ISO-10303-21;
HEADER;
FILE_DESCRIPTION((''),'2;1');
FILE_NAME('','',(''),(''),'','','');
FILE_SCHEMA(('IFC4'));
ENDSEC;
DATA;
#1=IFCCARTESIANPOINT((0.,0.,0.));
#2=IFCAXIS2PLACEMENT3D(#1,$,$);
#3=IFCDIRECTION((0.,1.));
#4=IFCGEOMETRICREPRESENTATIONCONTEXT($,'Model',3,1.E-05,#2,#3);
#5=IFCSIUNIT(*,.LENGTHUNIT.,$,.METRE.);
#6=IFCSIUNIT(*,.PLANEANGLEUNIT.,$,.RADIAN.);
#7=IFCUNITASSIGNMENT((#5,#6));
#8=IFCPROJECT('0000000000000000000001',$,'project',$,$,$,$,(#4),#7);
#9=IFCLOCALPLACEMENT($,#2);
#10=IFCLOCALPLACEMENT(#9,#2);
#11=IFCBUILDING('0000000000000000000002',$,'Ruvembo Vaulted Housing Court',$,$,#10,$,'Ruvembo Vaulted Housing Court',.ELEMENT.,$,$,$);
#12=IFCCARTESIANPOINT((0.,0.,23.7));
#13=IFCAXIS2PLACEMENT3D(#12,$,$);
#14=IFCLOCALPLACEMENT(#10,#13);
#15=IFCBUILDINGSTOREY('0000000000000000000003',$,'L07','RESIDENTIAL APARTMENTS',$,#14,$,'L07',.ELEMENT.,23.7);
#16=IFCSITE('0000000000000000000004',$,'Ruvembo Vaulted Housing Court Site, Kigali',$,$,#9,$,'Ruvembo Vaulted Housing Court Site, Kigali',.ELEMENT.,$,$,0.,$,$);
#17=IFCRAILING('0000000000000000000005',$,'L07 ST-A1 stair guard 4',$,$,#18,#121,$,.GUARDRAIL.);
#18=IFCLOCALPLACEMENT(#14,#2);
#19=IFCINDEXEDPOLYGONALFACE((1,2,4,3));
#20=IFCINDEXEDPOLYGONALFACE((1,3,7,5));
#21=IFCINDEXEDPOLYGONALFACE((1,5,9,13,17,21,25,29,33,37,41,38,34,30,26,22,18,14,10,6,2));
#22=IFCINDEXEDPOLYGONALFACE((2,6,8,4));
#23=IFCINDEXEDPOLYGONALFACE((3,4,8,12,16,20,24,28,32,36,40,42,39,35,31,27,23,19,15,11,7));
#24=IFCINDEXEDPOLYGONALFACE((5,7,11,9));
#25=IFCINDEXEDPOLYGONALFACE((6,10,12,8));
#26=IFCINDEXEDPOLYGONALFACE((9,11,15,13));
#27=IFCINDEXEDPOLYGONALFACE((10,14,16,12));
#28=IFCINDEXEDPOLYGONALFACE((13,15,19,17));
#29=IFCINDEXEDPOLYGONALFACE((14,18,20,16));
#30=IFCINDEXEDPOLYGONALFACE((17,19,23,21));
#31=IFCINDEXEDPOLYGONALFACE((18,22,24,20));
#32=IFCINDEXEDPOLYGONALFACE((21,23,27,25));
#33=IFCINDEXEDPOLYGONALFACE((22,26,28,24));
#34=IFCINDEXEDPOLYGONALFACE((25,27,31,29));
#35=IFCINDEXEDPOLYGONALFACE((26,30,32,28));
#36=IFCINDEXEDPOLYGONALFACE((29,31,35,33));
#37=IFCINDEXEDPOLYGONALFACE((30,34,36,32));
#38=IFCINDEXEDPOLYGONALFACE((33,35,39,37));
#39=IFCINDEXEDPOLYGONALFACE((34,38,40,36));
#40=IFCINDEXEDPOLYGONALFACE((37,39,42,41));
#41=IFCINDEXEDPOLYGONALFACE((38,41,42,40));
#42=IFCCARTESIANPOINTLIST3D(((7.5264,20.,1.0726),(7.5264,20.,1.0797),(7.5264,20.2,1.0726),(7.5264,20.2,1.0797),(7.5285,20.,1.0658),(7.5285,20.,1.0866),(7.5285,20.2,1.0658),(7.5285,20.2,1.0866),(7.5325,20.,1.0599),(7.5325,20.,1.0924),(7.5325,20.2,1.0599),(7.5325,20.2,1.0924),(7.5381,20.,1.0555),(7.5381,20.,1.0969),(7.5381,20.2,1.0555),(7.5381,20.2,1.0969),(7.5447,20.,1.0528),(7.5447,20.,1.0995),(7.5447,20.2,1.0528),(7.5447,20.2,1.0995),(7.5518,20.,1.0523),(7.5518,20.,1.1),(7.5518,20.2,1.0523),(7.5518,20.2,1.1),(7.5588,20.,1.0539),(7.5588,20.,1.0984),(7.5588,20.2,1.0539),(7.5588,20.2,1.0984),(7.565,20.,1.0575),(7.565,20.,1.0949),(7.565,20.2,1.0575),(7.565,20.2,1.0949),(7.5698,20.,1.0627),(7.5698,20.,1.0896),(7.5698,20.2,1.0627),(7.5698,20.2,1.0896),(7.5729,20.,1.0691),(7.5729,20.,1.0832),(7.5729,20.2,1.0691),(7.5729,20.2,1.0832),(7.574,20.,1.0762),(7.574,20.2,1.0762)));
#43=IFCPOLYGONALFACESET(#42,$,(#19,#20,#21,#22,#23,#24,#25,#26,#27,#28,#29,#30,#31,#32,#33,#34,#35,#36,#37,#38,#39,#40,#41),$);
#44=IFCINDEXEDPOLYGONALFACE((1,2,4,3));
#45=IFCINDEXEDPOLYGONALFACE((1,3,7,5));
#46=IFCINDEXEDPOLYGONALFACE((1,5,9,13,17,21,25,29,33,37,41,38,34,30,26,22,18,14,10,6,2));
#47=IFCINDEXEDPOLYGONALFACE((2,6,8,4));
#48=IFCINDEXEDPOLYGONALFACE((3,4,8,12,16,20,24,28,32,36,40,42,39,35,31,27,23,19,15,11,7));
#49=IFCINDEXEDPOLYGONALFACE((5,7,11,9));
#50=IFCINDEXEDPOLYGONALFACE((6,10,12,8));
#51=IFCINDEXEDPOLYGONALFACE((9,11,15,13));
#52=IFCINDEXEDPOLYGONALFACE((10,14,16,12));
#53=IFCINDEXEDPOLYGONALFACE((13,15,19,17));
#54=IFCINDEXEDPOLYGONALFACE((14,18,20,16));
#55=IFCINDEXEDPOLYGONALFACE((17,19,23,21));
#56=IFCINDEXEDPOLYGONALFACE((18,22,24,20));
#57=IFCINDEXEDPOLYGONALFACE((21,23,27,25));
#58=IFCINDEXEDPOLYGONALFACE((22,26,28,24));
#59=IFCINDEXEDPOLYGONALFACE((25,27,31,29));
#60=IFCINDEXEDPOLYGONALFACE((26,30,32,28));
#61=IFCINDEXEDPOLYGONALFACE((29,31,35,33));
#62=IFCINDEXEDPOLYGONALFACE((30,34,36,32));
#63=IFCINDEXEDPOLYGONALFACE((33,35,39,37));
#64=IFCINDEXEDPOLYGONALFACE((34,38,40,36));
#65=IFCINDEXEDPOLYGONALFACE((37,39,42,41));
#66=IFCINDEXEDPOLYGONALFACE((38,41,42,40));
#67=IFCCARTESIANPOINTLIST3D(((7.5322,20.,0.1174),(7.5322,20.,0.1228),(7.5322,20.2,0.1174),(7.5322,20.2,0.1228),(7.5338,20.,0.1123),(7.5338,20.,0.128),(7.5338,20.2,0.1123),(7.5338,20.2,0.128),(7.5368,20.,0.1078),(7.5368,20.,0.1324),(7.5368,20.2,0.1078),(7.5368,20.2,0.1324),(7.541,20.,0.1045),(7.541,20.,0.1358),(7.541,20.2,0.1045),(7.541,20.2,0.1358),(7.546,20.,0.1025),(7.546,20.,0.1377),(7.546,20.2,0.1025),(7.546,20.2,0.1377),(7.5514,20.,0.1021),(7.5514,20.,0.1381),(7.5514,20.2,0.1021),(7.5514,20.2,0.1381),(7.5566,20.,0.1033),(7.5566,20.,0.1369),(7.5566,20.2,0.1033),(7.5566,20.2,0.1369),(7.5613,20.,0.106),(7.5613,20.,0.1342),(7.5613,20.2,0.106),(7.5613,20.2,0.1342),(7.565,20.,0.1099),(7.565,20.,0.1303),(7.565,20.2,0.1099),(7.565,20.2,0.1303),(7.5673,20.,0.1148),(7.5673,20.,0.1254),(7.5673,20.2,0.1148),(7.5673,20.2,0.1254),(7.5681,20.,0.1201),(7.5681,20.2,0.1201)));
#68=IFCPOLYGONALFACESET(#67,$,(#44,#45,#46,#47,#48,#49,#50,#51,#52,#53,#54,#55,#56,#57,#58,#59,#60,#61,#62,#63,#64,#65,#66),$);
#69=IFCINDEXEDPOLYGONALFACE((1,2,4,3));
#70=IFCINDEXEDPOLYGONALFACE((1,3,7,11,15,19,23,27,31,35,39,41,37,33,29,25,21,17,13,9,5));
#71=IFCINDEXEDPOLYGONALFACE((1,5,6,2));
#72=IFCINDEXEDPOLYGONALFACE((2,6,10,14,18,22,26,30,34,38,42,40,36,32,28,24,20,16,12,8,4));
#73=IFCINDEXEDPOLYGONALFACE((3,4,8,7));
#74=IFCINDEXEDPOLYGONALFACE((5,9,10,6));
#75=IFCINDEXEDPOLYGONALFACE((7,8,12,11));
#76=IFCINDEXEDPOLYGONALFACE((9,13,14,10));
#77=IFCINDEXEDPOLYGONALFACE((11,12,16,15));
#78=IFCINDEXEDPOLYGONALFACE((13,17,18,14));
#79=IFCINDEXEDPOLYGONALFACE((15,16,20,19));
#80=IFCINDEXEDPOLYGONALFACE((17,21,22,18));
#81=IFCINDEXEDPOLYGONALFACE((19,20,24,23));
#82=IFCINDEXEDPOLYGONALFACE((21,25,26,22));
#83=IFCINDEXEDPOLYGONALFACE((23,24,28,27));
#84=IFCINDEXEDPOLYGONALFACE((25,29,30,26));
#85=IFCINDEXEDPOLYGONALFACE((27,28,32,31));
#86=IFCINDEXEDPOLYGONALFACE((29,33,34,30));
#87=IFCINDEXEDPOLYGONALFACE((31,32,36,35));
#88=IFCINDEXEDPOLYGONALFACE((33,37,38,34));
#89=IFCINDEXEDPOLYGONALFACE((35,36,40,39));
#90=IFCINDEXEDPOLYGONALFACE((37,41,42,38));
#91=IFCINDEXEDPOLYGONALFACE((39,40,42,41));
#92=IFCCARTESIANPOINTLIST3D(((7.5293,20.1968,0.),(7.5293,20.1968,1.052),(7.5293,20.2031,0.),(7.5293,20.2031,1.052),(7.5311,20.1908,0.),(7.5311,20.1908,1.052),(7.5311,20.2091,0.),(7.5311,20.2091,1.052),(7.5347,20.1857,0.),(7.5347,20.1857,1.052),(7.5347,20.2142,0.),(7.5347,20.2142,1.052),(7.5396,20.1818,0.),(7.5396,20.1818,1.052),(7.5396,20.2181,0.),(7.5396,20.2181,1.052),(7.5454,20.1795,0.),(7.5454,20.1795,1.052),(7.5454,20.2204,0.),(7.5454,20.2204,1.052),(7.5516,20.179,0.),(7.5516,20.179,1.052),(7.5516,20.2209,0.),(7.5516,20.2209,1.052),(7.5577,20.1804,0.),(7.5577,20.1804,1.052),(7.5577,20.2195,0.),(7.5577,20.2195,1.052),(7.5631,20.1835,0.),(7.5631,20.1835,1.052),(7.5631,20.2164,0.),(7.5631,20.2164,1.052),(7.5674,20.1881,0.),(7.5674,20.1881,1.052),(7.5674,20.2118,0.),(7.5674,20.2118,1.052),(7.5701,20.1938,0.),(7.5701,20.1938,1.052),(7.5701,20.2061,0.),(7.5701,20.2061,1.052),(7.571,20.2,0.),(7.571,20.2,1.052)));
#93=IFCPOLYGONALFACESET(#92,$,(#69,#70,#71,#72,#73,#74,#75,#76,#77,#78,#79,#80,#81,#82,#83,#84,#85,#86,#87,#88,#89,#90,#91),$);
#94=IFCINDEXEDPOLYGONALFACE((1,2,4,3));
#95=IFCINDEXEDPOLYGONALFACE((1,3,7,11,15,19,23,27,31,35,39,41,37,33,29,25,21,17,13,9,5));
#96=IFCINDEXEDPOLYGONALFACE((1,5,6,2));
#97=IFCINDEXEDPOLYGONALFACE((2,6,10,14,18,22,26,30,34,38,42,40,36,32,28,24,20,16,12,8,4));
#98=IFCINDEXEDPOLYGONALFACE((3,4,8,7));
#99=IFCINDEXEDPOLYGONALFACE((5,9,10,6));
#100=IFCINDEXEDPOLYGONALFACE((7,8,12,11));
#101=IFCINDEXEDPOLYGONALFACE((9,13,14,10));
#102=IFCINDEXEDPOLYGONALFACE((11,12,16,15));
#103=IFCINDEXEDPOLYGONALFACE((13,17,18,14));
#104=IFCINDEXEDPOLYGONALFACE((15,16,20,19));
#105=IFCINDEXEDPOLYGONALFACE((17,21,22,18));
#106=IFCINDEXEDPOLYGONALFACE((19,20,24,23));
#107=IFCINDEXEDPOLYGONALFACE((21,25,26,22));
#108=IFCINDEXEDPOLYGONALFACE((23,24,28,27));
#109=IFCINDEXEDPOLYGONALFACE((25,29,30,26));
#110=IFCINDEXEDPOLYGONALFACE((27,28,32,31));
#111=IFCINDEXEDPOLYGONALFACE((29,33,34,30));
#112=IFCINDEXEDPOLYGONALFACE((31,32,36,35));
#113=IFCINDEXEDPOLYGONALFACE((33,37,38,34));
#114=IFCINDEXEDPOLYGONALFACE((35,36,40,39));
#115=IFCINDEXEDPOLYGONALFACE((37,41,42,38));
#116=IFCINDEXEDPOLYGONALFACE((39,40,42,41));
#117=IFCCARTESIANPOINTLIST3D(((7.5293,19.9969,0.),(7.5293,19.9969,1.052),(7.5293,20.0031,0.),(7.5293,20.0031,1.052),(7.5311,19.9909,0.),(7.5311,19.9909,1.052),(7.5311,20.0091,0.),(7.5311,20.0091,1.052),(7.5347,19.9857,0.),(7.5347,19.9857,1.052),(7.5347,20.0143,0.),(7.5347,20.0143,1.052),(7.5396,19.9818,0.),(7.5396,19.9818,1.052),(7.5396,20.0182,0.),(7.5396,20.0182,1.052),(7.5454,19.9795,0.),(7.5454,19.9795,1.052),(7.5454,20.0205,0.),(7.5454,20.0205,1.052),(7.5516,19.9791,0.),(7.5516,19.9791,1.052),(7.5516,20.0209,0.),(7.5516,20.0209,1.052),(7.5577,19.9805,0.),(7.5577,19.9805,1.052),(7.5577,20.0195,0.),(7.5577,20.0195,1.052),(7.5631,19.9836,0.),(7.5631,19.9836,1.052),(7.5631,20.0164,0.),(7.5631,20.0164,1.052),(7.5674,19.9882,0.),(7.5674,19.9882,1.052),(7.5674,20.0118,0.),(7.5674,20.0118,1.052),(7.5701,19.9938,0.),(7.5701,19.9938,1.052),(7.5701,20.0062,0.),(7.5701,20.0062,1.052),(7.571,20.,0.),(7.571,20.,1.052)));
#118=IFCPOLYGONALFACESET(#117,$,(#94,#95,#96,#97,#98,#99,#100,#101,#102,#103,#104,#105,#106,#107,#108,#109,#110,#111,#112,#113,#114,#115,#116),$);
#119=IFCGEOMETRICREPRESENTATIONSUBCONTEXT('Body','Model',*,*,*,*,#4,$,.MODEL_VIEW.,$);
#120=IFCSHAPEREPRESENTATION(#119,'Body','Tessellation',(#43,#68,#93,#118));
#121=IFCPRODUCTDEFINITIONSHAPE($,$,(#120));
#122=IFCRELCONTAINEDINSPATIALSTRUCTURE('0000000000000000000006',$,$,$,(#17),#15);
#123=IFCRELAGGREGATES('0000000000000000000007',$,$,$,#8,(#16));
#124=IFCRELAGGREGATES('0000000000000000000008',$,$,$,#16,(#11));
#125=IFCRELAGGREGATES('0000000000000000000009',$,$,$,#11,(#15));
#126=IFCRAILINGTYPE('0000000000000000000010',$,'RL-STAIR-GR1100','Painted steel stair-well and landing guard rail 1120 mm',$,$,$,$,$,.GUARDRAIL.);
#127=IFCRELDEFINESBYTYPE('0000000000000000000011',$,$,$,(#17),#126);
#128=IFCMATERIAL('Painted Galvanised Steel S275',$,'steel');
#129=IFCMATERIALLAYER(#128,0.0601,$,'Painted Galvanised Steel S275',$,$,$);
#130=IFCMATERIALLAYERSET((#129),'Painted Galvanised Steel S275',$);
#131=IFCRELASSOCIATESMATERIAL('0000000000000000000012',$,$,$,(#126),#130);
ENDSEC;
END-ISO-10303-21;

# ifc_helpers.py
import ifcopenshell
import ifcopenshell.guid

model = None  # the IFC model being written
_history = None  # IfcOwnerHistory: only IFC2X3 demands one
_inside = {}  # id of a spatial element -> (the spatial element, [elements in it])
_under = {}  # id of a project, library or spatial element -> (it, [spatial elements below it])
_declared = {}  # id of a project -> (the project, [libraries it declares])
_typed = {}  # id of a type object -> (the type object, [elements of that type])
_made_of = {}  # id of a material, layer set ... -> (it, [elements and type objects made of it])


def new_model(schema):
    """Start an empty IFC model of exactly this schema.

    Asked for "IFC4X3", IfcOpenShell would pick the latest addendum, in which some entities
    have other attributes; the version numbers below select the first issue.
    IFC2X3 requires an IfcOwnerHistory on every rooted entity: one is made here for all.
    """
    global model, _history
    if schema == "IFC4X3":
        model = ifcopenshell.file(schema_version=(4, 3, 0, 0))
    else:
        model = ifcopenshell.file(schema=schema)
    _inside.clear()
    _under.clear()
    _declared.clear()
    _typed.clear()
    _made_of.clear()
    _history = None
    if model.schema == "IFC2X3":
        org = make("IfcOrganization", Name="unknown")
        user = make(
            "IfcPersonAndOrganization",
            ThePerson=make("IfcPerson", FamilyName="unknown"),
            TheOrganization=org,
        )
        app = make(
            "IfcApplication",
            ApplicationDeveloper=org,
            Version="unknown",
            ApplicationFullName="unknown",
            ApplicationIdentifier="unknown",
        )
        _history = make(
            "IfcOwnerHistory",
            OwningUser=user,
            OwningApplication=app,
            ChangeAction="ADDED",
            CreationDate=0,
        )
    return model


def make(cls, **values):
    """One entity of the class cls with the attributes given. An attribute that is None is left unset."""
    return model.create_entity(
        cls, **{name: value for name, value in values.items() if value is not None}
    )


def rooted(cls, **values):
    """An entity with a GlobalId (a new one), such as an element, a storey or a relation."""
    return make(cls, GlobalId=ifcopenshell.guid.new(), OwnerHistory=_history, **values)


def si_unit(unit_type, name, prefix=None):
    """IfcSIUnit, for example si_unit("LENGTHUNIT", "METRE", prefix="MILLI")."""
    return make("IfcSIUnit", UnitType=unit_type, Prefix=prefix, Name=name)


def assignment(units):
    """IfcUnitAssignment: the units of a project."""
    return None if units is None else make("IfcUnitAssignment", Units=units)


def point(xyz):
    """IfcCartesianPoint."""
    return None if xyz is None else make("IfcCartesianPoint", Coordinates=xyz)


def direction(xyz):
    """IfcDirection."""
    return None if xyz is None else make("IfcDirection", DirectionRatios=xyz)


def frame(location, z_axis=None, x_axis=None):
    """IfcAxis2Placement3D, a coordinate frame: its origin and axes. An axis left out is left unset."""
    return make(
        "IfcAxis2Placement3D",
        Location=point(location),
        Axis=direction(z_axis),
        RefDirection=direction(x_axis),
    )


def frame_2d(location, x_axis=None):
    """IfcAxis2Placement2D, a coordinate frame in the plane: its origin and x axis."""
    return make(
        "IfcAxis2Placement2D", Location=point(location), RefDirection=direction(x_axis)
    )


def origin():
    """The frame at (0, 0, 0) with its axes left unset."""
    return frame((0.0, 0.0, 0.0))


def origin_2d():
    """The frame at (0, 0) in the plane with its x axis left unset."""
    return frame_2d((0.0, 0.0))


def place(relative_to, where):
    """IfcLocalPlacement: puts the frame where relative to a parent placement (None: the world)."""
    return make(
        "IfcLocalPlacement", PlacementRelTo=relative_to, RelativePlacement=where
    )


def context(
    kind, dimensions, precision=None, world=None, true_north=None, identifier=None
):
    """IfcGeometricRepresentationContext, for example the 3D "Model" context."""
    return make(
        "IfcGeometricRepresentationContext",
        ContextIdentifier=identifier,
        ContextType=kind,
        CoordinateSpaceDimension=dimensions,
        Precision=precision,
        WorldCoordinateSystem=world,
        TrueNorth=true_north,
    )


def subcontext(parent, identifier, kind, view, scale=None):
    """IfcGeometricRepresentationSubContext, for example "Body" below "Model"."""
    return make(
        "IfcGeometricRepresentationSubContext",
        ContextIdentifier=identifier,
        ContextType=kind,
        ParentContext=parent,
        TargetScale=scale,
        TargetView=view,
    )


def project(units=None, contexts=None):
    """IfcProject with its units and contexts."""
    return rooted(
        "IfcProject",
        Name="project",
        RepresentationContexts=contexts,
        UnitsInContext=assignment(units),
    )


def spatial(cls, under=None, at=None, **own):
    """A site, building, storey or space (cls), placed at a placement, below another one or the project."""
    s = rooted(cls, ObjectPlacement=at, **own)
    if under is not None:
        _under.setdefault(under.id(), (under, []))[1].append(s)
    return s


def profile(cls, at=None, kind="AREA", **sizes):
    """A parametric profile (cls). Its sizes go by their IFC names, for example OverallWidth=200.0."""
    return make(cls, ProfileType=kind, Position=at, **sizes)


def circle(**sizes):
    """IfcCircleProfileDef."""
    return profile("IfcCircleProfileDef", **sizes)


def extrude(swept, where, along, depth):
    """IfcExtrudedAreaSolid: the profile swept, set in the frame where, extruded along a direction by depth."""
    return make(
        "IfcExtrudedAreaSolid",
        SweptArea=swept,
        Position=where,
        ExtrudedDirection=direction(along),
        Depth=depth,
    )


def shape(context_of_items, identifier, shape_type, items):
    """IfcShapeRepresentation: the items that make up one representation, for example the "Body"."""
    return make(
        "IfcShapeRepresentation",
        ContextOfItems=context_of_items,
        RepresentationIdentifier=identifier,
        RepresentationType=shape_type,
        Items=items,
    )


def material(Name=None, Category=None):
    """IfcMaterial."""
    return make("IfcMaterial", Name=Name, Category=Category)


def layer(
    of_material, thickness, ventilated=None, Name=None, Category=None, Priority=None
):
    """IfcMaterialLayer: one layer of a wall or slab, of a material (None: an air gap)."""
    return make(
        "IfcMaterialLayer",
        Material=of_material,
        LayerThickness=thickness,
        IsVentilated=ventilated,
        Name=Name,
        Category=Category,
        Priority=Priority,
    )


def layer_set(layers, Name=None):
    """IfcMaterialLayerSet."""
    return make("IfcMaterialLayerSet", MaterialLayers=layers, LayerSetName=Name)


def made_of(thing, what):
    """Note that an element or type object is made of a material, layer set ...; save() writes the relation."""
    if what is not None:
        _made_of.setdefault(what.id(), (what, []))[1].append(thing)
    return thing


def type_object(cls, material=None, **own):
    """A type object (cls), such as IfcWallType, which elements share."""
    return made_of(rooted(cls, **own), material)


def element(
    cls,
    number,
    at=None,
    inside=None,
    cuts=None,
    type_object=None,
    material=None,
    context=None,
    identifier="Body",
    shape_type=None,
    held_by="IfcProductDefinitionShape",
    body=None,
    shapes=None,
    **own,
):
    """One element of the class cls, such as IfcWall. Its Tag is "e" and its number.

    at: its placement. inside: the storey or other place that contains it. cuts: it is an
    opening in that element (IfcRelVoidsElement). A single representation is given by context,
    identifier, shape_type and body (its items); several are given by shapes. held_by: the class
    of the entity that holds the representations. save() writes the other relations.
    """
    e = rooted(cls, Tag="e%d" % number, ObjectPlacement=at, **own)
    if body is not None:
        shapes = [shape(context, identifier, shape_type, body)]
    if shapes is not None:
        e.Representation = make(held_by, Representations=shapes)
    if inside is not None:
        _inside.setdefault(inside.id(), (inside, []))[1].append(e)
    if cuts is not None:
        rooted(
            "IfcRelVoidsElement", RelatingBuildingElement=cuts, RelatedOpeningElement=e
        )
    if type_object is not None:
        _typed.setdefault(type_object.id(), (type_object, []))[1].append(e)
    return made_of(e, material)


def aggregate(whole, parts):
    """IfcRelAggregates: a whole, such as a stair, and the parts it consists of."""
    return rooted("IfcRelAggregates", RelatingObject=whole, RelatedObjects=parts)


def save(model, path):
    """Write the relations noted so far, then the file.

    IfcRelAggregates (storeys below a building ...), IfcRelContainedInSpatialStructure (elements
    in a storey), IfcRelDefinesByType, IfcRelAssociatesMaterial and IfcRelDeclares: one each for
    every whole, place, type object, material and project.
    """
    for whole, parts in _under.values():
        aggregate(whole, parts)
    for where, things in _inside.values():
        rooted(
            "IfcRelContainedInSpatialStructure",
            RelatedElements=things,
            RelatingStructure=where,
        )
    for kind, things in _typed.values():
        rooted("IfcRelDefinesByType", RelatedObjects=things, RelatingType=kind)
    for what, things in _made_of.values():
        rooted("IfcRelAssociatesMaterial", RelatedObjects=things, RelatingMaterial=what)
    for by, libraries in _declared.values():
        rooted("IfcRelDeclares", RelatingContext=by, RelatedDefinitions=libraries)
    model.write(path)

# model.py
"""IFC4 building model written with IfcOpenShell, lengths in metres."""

from ifc_helpers import new_model, si_unit, direction, frame, origin, origin_2d, place, context, subcontext, project, spatial, circle, extrude, material, layer, layer_set, type_object, element, save


model = new_model("IFC4")

# Units and contexts
model_context = context("Model", 3, precision=1e-05, world=origin(), true_north=direction((0.0, 1.0)))
body_context = subcontext(model_context, "Body", "Model", "MODEL_VIEW")
ifc_project = project(units=[si_unit("LENGTHUNIT", "METRE"), si_unit("PLANEANGLEUNIT", "RADIAN")], contexts=[model_context])

# Site, building, storey
site_placement = place(None, origin())
site = spatial("IfcSite", under=ifc_project, at=site_placement, Name="Ruvembo Vaulted Housing Court Site, Kigali", LongName="Ruvembo Vaulted Housing Court Site, Kigali", CompositionType="ELEMENT", RefElevation=0.0)
building_placement = place(site_placement, origin())
building = spatial("IfcBuilding", under=site, at=building_placement, Name="Ruvembo Vaulted Housing Court", LongName="Ruvembo Vaulted Housing Court", CompositionType="ELEMENT")
storey_placement = place(building_placement, frame((0.0, 0.0, 23.7)))
storey = spatial("IfcBuildingStorey", under=building, at=storey_placement, Name="L07", Description="RESIDENTIAL APARTMENTS", LongName="L07", CompositionType="ELEMENT", Elevation=23.7)

# Railing
ifc_material_1 = material(Name="Painted Galvanised Steel S275", Category="steel")
ifc_layer_1 = layer(ifc_material_1, 0.0601, Name="Painted Galvanised Steel S275")
ifc_layer_set_1 = layer_set([ifc_layer_1], Name="Painted Galvanised Steel S275")
railing_type_1 = type_object("IfcRailingType", Name="RL-STAIR-GR1100", Description="Painted steel stair-well and landing guard rail 1120 mm", PredefinedType="GUARDRAIL", material=ifc_layer_set_1)
railing_1_placement = place(storey_placement, frame((7.55, 20.2, 0.0)))
element("IfcRailing", 1, at=railing_1_placement, inside=storey, type_object=railing_type_1, Name="L07 ST-A1 stair guard 4", PredefinedType="GUARDRAIL", context=body_context, shape_type="SweptSolid", body=[
    extrude(circle(Radius=0.0239, at=origin_2d()), frame((0.0, 0.0, 1.0762), z_axis=(0.0, -1.0, 0.0), x_axis=(1.0, 0.0, 0.0)), (0.0, 0.0, 1.0), 0.2),
    extrude(circle(Radius=0.0181, at=origin_2d()), frame((0.0, 0.0, 0.1201), z_axis=(0.0, -1.0, 0.0), x_axis=(1.0, 0.0, 0.0)), (0.0, 0.0, 1.0), 0.2),
    extrude(circle(Radius=0.021, at=origin_2d()), origin(), (0.0, 0.0, 1.0), 1.052),
    extrude(circle(Radius=0.021, at=origin_2d()), frame((0.0, -0.2, 0.0)), (0.0, 0.0, 1.0), 1.052),
])

save(model, "model.ifc")
